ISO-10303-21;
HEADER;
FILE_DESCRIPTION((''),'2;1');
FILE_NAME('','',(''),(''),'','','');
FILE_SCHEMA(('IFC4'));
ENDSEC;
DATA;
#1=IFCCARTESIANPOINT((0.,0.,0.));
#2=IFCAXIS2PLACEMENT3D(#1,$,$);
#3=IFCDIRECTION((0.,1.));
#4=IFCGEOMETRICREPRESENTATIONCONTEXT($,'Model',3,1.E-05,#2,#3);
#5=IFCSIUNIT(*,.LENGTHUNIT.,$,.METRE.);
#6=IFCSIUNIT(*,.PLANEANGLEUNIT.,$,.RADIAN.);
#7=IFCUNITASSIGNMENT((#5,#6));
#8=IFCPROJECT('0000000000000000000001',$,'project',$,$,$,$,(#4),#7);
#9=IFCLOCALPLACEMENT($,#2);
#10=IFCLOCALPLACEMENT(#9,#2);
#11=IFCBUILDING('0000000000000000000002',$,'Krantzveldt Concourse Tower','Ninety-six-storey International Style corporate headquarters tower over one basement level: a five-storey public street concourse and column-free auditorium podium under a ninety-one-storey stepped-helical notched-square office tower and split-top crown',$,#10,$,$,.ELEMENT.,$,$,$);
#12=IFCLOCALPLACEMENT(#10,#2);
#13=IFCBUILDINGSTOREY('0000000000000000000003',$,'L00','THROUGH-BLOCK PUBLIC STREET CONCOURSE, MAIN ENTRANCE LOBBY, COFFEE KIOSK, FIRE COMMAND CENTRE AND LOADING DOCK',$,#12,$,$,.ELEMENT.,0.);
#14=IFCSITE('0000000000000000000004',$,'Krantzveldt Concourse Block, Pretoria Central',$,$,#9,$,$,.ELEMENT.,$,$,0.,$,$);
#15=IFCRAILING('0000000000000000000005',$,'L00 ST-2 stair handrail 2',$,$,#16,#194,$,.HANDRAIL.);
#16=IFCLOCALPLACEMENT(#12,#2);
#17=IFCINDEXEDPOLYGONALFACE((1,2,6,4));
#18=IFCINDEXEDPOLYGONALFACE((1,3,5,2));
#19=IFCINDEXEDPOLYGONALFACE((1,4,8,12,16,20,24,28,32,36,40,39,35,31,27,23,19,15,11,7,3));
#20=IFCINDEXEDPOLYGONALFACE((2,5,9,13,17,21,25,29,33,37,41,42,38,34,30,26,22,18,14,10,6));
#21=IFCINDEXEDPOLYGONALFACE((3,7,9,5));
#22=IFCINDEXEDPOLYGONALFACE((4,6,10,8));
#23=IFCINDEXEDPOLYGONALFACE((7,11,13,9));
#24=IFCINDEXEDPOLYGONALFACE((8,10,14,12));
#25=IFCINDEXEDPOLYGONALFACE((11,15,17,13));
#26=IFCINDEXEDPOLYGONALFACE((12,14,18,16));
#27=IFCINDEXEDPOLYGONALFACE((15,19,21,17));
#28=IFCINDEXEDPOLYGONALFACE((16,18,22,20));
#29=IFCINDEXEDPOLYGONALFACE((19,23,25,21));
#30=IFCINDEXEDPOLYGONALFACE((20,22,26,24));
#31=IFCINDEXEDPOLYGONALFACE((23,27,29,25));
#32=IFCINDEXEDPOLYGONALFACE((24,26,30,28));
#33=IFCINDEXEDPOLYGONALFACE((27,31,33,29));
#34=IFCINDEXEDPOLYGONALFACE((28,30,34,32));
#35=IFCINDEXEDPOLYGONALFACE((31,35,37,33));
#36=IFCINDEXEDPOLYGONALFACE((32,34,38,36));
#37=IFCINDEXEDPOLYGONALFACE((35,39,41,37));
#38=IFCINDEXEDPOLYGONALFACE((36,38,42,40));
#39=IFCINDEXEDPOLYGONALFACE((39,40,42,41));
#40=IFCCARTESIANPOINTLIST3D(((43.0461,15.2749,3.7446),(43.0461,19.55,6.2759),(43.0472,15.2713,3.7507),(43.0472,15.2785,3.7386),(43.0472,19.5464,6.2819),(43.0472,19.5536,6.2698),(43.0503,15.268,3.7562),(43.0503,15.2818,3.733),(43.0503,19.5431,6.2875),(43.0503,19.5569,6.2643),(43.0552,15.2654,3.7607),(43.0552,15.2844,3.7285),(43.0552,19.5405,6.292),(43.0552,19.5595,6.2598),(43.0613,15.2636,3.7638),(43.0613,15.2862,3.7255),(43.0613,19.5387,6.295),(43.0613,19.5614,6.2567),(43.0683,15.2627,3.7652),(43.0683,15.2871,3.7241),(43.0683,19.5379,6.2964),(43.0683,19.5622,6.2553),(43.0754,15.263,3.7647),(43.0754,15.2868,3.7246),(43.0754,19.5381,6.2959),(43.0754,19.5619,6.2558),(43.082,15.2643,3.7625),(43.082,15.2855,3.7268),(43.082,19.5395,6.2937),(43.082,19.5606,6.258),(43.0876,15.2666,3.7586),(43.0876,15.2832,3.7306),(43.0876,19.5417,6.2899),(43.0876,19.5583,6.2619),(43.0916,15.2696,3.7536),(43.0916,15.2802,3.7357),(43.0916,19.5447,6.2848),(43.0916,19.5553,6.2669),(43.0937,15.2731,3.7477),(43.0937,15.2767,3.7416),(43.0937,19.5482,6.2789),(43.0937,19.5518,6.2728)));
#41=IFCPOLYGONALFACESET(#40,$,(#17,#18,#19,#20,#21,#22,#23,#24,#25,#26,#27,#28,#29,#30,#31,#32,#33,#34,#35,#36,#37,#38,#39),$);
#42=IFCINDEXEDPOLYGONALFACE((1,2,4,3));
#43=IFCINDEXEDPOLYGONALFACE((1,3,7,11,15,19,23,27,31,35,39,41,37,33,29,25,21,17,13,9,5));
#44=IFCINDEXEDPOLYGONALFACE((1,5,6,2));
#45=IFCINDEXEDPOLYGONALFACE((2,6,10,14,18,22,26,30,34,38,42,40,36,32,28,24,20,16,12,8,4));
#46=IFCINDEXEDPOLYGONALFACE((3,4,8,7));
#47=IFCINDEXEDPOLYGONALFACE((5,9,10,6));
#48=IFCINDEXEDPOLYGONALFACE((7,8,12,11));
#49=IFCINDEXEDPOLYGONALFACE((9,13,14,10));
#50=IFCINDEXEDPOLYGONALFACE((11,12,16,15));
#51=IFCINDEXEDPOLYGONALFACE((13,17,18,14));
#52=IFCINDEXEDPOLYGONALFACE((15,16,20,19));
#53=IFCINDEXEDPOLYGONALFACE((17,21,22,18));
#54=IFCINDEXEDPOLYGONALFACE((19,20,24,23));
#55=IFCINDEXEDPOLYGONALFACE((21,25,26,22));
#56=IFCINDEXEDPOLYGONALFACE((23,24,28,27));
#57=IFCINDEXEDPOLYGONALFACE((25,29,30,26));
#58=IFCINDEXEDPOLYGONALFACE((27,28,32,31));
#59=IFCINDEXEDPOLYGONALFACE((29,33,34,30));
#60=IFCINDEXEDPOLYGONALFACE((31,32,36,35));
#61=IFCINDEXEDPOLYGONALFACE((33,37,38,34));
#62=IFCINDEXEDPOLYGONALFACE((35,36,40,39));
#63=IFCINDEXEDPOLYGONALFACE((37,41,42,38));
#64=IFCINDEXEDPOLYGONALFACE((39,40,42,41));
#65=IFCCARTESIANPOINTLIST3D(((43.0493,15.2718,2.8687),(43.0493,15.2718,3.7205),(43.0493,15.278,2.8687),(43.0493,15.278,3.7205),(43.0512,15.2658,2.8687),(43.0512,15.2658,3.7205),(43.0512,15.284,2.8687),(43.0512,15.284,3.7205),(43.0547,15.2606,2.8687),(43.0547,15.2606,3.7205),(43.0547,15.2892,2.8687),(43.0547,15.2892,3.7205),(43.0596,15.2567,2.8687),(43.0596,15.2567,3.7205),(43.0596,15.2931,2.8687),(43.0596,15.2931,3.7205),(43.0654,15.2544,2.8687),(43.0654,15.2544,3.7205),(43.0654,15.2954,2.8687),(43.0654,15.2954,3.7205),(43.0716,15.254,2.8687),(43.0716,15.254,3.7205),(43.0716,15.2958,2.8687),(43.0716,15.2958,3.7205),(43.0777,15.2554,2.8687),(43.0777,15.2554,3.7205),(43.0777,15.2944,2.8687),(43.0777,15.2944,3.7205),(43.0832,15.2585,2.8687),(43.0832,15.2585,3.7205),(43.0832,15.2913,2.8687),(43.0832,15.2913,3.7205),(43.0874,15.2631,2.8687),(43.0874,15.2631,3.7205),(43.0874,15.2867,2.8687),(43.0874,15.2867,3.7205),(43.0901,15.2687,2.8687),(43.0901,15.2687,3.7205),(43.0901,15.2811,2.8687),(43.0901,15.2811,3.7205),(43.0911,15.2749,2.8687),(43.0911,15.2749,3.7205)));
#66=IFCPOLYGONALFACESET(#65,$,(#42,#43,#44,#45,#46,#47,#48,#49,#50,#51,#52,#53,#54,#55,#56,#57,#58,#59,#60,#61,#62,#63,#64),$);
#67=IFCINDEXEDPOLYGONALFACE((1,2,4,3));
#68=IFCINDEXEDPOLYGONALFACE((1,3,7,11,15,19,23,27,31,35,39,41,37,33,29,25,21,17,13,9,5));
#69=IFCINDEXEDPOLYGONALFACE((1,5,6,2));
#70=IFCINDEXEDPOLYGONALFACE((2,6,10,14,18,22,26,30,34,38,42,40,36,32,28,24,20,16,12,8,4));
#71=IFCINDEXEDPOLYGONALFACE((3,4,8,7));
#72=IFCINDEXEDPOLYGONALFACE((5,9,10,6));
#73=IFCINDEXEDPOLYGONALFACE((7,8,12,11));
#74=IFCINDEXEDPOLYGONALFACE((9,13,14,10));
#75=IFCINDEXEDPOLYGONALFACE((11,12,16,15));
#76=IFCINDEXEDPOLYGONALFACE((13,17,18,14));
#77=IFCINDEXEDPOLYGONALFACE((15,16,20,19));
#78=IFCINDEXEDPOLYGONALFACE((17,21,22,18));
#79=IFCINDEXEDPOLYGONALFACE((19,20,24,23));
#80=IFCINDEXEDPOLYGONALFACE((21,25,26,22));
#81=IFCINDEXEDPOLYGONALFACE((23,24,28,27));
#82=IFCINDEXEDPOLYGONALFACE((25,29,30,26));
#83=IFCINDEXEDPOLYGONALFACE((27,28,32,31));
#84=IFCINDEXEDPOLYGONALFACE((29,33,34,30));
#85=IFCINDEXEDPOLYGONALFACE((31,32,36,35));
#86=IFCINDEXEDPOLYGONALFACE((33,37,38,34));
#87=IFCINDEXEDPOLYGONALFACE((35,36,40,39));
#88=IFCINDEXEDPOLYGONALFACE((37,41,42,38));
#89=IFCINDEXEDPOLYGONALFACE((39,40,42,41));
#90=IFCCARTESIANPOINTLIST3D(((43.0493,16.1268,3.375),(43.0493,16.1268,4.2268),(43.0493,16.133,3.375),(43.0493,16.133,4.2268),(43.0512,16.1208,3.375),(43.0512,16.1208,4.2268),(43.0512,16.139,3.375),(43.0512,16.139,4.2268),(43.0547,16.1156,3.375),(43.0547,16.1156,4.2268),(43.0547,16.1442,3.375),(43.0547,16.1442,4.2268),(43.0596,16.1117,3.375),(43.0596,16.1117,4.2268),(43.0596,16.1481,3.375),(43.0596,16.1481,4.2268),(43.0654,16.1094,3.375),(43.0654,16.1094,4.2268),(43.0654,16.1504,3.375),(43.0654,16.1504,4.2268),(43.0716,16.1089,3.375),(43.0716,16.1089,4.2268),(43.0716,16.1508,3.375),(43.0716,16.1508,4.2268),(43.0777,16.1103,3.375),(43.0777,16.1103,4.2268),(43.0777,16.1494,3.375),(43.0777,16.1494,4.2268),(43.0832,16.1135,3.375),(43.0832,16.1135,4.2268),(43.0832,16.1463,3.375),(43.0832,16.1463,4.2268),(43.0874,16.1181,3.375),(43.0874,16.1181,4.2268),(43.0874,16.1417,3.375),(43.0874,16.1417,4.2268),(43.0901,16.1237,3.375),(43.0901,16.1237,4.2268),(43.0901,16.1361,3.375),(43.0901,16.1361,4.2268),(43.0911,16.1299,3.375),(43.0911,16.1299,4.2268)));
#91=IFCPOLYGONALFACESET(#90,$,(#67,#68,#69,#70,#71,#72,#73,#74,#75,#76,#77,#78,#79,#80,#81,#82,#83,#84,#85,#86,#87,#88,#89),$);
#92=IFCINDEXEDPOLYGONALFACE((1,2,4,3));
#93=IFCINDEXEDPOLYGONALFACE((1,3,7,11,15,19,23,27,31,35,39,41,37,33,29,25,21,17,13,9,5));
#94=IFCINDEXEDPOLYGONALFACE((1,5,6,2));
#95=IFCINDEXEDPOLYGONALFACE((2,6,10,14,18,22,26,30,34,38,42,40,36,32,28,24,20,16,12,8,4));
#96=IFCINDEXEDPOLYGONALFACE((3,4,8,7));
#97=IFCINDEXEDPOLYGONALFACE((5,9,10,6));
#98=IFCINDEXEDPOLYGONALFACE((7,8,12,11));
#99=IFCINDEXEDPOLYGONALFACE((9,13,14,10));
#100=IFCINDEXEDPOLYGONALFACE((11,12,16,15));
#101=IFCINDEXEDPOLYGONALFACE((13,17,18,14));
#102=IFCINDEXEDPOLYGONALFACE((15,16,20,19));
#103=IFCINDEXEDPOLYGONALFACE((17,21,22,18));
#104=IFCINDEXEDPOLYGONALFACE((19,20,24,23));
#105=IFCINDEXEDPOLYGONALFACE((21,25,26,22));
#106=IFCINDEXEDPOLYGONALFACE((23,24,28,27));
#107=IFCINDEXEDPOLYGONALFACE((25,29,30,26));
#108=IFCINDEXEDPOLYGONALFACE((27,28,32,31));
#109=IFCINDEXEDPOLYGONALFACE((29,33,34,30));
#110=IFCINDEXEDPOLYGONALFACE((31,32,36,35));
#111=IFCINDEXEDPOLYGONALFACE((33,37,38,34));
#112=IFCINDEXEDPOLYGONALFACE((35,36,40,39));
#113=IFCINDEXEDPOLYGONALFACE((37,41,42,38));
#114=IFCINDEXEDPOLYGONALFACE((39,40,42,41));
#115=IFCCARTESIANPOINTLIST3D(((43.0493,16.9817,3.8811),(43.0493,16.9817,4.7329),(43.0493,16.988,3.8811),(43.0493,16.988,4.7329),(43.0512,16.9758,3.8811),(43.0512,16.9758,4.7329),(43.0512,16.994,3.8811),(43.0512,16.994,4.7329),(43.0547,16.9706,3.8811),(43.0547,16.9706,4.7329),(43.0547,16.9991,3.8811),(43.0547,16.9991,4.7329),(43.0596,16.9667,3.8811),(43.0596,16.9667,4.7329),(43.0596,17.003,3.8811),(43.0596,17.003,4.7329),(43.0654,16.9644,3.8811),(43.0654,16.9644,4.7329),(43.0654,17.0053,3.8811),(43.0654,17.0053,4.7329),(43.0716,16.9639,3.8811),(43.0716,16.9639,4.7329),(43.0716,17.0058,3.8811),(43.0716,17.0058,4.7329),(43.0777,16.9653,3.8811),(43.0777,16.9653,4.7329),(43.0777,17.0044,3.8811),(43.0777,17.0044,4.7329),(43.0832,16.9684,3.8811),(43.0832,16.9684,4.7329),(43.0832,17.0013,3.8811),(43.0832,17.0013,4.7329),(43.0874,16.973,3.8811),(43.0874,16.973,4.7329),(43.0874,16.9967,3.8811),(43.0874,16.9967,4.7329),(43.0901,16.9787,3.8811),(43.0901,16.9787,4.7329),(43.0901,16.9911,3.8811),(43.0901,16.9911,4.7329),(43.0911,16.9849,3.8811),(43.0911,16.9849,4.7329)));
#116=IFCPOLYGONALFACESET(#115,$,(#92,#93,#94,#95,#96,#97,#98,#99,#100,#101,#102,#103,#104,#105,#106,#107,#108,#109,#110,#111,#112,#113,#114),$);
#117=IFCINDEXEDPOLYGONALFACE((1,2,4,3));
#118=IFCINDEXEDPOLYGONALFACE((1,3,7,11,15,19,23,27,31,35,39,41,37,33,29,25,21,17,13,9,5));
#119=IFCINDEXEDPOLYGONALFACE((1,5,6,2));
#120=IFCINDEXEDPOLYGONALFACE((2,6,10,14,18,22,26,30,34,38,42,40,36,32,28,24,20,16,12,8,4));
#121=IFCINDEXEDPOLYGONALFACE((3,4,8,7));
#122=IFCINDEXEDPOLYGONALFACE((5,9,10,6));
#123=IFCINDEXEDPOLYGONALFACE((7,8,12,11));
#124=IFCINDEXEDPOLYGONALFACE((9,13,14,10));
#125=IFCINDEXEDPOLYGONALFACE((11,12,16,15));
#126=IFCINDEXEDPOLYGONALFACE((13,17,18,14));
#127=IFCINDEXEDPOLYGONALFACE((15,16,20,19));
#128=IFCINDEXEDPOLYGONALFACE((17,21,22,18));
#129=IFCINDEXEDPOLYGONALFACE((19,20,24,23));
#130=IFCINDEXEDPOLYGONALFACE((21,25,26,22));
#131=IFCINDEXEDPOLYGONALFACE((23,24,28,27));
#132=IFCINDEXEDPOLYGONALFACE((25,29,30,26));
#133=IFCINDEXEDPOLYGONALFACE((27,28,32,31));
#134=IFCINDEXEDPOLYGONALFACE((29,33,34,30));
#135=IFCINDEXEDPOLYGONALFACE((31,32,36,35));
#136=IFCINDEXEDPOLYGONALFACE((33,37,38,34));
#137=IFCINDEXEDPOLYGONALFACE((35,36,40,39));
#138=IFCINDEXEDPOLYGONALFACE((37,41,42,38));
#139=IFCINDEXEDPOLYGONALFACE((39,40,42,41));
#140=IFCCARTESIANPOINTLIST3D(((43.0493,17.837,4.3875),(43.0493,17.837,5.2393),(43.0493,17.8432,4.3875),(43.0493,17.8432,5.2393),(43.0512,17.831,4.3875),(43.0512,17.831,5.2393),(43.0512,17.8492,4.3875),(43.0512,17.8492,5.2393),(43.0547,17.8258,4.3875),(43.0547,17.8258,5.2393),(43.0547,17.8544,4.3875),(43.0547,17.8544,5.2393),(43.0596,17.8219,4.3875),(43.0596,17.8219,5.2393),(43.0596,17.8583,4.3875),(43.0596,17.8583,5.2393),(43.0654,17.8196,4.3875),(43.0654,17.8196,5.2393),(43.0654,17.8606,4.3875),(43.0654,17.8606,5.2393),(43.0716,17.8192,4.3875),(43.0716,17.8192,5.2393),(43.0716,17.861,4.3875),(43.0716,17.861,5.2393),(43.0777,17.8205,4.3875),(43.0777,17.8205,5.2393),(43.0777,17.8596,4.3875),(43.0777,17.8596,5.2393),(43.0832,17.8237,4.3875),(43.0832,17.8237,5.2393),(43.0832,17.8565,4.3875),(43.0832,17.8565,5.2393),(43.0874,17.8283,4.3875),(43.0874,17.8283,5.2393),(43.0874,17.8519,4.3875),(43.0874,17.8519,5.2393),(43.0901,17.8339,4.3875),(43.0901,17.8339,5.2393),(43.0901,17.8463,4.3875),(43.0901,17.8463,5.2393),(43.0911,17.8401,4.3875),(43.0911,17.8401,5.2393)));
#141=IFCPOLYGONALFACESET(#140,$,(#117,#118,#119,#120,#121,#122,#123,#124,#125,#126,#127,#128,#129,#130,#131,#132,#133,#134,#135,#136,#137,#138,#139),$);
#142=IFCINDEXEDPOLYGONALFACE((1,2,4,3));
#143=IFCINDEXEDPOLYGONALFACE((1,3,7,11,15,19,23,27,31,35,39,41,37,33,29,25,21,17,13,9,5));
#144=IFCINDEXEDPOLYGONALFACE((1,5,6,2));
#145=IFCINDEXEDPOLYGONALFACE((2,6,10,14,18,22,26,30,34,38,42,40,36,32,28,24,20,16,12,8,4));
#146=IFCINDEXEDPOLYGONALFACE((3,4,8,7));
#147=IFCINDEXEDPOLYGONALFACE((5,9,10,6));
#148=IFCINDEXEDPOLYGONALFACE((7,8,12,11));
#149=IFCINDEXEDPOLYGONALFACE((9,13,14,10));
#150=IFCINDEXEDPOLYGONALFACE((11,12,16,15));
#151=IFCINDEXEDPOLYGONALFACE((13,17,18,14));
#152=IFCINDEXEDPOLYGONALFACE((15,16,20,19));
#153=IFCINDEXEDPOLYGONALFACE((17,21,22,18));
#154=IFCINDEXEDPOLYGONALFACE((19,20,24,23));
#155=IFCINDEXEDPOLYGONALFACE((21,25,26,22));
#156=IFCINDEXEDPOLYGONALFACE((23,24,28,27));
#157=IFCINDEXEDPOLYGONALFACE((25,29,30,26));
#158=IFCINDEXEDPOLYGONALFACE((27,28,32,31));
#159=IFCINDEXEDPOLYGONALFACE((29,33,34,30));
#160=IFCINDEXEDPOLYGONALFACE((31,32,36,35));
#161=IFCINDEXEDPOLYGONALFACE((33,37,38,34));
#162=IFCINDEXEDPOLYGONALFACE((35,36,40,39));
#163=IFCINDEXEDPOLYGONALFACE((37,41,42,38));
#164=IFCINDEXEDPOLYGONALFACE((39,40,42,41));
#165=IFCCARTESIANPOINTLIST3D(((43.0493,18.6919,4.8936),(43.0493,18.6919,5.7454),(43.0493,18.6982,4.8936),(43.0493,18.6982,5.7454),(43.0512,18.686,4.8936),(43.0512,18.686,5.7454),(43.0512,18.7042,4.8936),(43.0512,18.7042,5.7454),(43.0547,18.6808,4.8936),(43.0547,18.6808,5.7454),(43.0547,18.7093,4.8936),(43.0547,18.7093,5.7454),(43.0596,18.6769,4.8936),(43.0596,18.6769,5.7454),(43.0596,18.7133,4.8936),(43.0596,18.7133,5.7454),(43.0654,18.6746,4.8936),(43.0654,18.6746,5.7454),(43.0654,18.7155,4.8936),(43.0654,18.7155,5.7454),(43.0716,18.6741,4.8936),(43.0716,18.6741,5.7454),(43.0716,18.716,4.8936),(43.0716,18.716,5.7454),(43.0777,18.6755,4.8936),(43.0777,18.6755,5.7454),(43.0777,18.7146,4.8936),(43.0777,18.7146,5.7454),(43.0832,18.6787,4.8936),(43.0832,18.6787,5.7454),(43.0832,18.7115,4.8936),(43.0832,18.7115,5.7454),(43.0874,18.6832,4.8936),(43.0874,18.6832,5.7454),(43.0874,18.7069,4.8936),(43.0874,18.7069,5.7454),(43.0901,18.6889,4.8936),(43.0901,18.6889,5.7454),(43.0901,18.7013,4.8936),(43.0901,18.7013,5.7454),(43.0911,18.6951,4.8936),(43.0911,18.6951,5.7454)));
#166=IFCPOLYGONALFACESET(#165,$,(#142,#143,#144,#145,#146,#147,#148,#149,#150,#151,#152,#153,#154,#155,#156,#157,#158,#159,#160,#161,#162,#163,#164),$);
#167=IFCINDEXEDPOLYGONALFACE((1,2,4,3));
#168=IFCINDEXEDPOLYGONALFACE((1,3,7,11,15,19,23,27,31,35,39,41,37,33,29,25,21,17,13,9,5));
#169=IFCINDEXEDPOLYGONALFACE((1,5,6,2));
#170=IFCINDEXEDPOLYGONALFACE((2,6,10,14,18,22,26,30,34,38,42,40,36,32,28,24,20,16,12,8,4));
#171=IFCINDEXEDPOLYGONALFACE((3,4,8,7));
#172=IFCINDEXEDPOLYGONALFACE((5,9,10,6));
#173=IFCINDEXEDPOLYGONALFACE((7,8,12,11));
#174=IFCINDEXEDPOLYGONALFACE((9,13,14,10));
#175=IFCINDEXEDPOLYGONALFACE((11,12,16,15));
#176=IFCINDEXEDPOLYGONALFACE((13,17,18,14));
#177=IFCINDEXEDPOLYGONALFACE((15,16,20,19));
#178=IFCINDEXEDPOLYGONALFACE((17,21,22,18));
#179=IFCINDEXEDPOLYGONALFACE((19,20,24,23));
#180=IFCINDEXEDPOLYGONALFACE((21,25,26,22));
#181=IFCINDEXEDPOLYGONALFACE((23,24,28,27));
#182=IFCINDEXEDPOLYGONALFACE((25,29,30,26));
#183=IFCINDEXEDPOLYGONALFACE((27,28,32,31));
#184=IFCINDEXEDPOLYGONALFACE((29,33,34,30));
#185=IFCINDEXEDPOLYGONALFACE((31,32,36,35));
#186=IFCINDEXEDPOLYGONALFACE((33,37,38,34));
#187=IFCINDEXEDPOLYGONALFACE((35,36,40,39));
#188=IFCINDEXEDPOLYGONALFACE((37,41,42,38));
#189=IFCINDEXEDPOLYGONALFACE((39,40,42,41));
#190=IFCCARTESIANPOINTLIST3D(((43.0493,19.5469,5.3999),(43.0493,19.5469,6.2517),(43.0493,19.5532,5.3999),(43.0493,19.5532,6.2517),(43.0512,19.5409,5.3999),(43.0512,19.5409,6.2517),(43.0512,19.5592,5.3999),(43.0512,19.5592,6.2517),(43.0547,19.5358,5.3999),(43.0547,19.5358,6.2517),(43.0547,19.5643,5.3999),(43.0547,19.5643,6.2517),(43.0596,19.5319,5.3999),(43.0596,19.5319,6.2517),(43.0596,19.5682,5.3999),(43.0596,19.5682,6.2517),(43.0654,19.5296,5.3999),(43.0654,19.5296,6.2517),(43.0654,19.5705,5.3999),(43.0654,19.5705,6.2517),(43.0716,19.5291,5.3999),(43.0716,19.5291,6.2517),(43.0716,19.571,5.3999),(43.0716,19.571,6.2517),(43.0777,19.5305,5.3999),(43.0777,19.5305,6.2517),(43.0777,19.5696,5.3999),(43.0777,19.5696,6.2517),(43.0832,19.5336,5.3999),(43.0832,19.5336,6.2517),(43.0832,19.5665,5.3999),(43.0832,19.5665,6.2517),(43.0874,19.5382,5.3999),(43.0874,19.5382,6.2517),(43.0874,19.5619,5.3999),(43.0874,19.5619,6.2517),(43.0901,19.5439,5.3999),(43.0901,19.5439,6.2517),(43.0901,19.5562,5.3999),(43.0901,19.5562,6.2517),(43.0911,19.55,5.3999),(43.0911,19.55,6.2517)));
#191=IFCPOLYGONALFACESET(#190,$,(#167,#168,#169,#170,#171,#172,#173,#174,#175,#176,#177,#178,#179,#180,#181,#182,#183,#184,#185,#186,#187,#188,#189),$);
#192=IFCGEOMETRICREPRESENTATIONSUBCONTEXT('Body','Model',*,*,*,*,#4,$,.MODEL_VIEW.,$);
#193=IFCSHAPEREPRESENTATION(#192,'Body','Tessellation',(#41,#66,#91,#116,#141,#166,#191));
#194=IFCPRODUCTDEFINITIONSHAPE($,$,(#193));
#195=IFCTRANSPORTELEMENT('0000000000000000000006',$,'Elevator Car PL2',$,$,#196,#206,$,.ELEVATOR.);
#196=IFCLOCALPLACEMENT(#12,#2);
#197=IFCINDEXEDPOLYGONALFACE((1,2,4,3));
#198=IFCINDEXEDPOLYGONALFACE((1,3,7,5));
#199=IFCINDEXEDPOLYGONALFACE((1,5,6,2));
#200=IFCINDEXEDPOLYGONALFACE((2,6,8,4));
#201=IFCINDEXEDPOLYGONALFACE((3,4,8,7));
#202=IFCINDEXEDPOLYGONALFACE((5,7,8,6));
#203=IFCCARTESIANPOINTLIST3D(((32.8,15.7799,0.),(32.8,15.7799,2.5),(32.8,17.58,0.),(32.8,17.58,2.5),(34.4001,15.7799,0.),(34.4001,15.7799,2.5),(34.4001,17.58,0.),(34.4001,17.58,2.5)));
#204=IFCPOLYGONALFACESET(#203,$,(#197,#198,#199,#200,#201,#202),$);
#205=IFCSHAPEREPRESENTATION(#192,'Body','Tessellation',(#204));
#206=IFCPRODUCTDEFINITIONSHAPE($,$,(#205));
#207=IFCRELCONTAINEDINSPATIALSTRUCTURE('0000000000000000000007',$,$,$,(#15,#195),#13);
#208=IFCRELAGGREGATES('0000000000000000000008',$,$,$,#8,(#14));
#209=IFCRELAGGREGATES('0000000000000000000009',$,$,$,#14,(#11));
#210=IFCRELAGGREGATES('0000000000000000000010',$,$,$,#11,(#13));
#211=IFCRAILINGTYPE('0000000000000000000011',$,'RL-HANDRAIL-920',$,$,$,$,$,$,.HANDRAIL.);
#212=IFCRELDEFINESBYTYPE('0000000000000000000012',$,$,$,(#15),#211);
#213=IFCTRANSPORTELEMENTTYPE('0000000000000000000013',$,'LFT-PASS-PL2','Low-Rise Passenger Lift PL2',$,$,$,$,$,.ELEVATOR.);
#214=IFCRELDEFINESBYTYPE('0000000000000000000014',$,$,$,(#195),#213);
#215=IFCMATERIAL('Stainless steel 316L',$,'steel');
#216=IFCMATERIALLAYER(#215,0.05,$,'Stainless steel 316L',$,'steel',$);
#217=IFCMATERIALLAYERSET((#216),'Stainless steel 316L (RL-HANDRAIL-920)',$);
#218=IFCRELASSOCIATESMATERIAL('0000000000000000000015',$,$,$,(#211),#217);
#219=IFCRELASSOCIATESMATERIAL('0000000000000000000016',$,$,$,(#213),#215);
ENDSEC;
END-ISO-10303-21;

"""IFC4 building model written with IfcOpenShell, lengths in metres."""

from ifc_helpers import new_model, si_unit, direction, frame, origin, origin_2d, place, context, subcontext, project, spatial, rectangle, circle, extrude, source, transform, mapped, material, layer, layer_set, type_object, type_shapes, element, save


model = new_model("IFC4")

# Units and contexts
model_context = context("Model", 3, precision=1e-05, world=origin(), true_north=direction((0.0, 1.0)))
body_context = subcontext(model_context, "Body", "Model", "MODEL_VIEW")
ifc_project = project(units=[si_unit("LENGTHUNIT", "METRE"), si_unit("PLANEANGLEUNIT", "RADIAN")], contexts=[model_context])

# Site, building, storey
site_placement = place(None, origin())
site = spatial("IfcSite", under=ifc_project, at=site_placement, Name="Krantzveldt Concourse Block, Pretoria Central", CompositionType="ELEMENT", RefElevation=0.0)
building_placement = place(site_placement, origin())
building = spatial("IfcBuilding", under=site, at=building_placement, Name="Krantzveldt Concourse Tower", Description="Ninety-six-storey International Style corporate headquarters tower over one basement level: a five-storey public street concourse and column-free auditorium podium under a ninety-one-storey stepped-helical notched-square office tower and split-top crown", CompositionType="ELEMENT")
storey_placement = place(building_placement, origin())
storey = spatial("IfcBuildingStorey", under=building, at=storey_placement, Name="L00", Description="THROUGH-BLOCK PUBLIC STREET CONCOURSE, MAIN ENTRANCE LOBBY, COFFEE KIOSK, FIRE COMMAND CENTRE AND LOADING DOCK", CompositionType="ELEMENT", Elevation=0.0)

# Railing
ifc_material_1 = material(Name="Stainless steel 316L", Category="steel")
ifc_layer_1 = layer(ifc_material_1, 0.05, Name="Stainless steel 316L", Category="steel")
ifc_layer_set_1 = layer_set([ifc_layer_1], Name="Stainless steel 316L (RL-HANDRAIL-920)")
railing_type_1 = type_object("IfcRailingType", Name="RL-HANDRAIL-920", PredefinedType="HANDRAIL", material=ifc_layer_set_1)
railing_1_placement = place(storey_placement, frame((43.0701, 15.2749, 2.8687)))
element("IfcRailing", 1, at=railing_1_placement, inside=storey, type_object=railing_type_1, Name="L00 ST-2 stair handrail 2", PredefinedType="HANDRAIL", context=body_context, shape_type="SweptSolid", body=[
    extrude(circle(Radius=0.0239, at=origin_2d()), frame((0.0, 0.0, 0.876), z_axis=(0.0, 0.860483, 0.509479), x_axis=(-1.0, 0.0, 0.0)), (0.0, 0.0, 1.0), 4.9683),
    extrude(circle(Radius=0.021, at=origin_2d()), origin(), (0.0, 0.0, 1.0), 0.8518),
    extrude(circle(Radius=0.021, at=origin_2d()), frame((0.0, 0.855, 0.5063)), (0.0, 0.0, 1.0), 0.8518),
    extrude(circle(Radius=0.021, at=origin_2d()), frame((0.0, 1.71, 1.0125)), (0.0, 0.0, 1.0), 0.8518),
    extrude(circle(Radius=0.021, at=origin_2d()), frame((0.0, 2.5652, 1.5188)), (0.0, 0.0, 1.0), 0.8518),
    extrude(circle(Radius=0.021, at=origin_2d()), frame((0.0, 3.4202, 2.0249)), (0.0, 0.0, 1.0), 0.8518),
    extrude(circle(Radius=0.021, at=origin_2d()), frame((0.0, 4.2751, 2.5312)), (0.0, 0.0, 1.0), 0.8518),
])

# Transport element
transport_element_type_1 = type_object("IfcTransportElementType", Name="LFT-PASS-PL2", Description="Low-Rise Passenger Lift PL2", PredefinedType="ELEVATOR", material=ifc_material_1)
shared_shape_1 = source(origin(), body_context, "Body", "SweptSolid", [
    extrude(rectangle(XDim=1.6001, YDim=1.8, at=origin_2d()), origin(), (0.0, 0.0, 1.0), 2.5),
])
type_shapes(transport_element_type_1, [shared_shape_1])
transport_element_1_placement = place(storey_placement, frame((33.6001, 16.6799, 0.0), z_axis=(0.0, 0.0, 1.0), x_axis=(1.0, 0.0, 0.0)))
element("IfcTransportElement", 2, at=transport_element_1_placement, inside=storey, type_object=transport_element_type_1, Name="Elevator Car PL2", PredefinedType="ELEVATOR", context=body_context, shape_type="MappedRepresentation", body=[
    mapped(shared_shape_1, transform((0.0, 0.0, 0.0), x_axis=(1.0, 0.0, 0.0), y_axis=(0.0, 1.0, 0.0), z_axis=(0.0, 0.0, 1.0), scale=1.0)),
])

save(model, "model.ifc")
